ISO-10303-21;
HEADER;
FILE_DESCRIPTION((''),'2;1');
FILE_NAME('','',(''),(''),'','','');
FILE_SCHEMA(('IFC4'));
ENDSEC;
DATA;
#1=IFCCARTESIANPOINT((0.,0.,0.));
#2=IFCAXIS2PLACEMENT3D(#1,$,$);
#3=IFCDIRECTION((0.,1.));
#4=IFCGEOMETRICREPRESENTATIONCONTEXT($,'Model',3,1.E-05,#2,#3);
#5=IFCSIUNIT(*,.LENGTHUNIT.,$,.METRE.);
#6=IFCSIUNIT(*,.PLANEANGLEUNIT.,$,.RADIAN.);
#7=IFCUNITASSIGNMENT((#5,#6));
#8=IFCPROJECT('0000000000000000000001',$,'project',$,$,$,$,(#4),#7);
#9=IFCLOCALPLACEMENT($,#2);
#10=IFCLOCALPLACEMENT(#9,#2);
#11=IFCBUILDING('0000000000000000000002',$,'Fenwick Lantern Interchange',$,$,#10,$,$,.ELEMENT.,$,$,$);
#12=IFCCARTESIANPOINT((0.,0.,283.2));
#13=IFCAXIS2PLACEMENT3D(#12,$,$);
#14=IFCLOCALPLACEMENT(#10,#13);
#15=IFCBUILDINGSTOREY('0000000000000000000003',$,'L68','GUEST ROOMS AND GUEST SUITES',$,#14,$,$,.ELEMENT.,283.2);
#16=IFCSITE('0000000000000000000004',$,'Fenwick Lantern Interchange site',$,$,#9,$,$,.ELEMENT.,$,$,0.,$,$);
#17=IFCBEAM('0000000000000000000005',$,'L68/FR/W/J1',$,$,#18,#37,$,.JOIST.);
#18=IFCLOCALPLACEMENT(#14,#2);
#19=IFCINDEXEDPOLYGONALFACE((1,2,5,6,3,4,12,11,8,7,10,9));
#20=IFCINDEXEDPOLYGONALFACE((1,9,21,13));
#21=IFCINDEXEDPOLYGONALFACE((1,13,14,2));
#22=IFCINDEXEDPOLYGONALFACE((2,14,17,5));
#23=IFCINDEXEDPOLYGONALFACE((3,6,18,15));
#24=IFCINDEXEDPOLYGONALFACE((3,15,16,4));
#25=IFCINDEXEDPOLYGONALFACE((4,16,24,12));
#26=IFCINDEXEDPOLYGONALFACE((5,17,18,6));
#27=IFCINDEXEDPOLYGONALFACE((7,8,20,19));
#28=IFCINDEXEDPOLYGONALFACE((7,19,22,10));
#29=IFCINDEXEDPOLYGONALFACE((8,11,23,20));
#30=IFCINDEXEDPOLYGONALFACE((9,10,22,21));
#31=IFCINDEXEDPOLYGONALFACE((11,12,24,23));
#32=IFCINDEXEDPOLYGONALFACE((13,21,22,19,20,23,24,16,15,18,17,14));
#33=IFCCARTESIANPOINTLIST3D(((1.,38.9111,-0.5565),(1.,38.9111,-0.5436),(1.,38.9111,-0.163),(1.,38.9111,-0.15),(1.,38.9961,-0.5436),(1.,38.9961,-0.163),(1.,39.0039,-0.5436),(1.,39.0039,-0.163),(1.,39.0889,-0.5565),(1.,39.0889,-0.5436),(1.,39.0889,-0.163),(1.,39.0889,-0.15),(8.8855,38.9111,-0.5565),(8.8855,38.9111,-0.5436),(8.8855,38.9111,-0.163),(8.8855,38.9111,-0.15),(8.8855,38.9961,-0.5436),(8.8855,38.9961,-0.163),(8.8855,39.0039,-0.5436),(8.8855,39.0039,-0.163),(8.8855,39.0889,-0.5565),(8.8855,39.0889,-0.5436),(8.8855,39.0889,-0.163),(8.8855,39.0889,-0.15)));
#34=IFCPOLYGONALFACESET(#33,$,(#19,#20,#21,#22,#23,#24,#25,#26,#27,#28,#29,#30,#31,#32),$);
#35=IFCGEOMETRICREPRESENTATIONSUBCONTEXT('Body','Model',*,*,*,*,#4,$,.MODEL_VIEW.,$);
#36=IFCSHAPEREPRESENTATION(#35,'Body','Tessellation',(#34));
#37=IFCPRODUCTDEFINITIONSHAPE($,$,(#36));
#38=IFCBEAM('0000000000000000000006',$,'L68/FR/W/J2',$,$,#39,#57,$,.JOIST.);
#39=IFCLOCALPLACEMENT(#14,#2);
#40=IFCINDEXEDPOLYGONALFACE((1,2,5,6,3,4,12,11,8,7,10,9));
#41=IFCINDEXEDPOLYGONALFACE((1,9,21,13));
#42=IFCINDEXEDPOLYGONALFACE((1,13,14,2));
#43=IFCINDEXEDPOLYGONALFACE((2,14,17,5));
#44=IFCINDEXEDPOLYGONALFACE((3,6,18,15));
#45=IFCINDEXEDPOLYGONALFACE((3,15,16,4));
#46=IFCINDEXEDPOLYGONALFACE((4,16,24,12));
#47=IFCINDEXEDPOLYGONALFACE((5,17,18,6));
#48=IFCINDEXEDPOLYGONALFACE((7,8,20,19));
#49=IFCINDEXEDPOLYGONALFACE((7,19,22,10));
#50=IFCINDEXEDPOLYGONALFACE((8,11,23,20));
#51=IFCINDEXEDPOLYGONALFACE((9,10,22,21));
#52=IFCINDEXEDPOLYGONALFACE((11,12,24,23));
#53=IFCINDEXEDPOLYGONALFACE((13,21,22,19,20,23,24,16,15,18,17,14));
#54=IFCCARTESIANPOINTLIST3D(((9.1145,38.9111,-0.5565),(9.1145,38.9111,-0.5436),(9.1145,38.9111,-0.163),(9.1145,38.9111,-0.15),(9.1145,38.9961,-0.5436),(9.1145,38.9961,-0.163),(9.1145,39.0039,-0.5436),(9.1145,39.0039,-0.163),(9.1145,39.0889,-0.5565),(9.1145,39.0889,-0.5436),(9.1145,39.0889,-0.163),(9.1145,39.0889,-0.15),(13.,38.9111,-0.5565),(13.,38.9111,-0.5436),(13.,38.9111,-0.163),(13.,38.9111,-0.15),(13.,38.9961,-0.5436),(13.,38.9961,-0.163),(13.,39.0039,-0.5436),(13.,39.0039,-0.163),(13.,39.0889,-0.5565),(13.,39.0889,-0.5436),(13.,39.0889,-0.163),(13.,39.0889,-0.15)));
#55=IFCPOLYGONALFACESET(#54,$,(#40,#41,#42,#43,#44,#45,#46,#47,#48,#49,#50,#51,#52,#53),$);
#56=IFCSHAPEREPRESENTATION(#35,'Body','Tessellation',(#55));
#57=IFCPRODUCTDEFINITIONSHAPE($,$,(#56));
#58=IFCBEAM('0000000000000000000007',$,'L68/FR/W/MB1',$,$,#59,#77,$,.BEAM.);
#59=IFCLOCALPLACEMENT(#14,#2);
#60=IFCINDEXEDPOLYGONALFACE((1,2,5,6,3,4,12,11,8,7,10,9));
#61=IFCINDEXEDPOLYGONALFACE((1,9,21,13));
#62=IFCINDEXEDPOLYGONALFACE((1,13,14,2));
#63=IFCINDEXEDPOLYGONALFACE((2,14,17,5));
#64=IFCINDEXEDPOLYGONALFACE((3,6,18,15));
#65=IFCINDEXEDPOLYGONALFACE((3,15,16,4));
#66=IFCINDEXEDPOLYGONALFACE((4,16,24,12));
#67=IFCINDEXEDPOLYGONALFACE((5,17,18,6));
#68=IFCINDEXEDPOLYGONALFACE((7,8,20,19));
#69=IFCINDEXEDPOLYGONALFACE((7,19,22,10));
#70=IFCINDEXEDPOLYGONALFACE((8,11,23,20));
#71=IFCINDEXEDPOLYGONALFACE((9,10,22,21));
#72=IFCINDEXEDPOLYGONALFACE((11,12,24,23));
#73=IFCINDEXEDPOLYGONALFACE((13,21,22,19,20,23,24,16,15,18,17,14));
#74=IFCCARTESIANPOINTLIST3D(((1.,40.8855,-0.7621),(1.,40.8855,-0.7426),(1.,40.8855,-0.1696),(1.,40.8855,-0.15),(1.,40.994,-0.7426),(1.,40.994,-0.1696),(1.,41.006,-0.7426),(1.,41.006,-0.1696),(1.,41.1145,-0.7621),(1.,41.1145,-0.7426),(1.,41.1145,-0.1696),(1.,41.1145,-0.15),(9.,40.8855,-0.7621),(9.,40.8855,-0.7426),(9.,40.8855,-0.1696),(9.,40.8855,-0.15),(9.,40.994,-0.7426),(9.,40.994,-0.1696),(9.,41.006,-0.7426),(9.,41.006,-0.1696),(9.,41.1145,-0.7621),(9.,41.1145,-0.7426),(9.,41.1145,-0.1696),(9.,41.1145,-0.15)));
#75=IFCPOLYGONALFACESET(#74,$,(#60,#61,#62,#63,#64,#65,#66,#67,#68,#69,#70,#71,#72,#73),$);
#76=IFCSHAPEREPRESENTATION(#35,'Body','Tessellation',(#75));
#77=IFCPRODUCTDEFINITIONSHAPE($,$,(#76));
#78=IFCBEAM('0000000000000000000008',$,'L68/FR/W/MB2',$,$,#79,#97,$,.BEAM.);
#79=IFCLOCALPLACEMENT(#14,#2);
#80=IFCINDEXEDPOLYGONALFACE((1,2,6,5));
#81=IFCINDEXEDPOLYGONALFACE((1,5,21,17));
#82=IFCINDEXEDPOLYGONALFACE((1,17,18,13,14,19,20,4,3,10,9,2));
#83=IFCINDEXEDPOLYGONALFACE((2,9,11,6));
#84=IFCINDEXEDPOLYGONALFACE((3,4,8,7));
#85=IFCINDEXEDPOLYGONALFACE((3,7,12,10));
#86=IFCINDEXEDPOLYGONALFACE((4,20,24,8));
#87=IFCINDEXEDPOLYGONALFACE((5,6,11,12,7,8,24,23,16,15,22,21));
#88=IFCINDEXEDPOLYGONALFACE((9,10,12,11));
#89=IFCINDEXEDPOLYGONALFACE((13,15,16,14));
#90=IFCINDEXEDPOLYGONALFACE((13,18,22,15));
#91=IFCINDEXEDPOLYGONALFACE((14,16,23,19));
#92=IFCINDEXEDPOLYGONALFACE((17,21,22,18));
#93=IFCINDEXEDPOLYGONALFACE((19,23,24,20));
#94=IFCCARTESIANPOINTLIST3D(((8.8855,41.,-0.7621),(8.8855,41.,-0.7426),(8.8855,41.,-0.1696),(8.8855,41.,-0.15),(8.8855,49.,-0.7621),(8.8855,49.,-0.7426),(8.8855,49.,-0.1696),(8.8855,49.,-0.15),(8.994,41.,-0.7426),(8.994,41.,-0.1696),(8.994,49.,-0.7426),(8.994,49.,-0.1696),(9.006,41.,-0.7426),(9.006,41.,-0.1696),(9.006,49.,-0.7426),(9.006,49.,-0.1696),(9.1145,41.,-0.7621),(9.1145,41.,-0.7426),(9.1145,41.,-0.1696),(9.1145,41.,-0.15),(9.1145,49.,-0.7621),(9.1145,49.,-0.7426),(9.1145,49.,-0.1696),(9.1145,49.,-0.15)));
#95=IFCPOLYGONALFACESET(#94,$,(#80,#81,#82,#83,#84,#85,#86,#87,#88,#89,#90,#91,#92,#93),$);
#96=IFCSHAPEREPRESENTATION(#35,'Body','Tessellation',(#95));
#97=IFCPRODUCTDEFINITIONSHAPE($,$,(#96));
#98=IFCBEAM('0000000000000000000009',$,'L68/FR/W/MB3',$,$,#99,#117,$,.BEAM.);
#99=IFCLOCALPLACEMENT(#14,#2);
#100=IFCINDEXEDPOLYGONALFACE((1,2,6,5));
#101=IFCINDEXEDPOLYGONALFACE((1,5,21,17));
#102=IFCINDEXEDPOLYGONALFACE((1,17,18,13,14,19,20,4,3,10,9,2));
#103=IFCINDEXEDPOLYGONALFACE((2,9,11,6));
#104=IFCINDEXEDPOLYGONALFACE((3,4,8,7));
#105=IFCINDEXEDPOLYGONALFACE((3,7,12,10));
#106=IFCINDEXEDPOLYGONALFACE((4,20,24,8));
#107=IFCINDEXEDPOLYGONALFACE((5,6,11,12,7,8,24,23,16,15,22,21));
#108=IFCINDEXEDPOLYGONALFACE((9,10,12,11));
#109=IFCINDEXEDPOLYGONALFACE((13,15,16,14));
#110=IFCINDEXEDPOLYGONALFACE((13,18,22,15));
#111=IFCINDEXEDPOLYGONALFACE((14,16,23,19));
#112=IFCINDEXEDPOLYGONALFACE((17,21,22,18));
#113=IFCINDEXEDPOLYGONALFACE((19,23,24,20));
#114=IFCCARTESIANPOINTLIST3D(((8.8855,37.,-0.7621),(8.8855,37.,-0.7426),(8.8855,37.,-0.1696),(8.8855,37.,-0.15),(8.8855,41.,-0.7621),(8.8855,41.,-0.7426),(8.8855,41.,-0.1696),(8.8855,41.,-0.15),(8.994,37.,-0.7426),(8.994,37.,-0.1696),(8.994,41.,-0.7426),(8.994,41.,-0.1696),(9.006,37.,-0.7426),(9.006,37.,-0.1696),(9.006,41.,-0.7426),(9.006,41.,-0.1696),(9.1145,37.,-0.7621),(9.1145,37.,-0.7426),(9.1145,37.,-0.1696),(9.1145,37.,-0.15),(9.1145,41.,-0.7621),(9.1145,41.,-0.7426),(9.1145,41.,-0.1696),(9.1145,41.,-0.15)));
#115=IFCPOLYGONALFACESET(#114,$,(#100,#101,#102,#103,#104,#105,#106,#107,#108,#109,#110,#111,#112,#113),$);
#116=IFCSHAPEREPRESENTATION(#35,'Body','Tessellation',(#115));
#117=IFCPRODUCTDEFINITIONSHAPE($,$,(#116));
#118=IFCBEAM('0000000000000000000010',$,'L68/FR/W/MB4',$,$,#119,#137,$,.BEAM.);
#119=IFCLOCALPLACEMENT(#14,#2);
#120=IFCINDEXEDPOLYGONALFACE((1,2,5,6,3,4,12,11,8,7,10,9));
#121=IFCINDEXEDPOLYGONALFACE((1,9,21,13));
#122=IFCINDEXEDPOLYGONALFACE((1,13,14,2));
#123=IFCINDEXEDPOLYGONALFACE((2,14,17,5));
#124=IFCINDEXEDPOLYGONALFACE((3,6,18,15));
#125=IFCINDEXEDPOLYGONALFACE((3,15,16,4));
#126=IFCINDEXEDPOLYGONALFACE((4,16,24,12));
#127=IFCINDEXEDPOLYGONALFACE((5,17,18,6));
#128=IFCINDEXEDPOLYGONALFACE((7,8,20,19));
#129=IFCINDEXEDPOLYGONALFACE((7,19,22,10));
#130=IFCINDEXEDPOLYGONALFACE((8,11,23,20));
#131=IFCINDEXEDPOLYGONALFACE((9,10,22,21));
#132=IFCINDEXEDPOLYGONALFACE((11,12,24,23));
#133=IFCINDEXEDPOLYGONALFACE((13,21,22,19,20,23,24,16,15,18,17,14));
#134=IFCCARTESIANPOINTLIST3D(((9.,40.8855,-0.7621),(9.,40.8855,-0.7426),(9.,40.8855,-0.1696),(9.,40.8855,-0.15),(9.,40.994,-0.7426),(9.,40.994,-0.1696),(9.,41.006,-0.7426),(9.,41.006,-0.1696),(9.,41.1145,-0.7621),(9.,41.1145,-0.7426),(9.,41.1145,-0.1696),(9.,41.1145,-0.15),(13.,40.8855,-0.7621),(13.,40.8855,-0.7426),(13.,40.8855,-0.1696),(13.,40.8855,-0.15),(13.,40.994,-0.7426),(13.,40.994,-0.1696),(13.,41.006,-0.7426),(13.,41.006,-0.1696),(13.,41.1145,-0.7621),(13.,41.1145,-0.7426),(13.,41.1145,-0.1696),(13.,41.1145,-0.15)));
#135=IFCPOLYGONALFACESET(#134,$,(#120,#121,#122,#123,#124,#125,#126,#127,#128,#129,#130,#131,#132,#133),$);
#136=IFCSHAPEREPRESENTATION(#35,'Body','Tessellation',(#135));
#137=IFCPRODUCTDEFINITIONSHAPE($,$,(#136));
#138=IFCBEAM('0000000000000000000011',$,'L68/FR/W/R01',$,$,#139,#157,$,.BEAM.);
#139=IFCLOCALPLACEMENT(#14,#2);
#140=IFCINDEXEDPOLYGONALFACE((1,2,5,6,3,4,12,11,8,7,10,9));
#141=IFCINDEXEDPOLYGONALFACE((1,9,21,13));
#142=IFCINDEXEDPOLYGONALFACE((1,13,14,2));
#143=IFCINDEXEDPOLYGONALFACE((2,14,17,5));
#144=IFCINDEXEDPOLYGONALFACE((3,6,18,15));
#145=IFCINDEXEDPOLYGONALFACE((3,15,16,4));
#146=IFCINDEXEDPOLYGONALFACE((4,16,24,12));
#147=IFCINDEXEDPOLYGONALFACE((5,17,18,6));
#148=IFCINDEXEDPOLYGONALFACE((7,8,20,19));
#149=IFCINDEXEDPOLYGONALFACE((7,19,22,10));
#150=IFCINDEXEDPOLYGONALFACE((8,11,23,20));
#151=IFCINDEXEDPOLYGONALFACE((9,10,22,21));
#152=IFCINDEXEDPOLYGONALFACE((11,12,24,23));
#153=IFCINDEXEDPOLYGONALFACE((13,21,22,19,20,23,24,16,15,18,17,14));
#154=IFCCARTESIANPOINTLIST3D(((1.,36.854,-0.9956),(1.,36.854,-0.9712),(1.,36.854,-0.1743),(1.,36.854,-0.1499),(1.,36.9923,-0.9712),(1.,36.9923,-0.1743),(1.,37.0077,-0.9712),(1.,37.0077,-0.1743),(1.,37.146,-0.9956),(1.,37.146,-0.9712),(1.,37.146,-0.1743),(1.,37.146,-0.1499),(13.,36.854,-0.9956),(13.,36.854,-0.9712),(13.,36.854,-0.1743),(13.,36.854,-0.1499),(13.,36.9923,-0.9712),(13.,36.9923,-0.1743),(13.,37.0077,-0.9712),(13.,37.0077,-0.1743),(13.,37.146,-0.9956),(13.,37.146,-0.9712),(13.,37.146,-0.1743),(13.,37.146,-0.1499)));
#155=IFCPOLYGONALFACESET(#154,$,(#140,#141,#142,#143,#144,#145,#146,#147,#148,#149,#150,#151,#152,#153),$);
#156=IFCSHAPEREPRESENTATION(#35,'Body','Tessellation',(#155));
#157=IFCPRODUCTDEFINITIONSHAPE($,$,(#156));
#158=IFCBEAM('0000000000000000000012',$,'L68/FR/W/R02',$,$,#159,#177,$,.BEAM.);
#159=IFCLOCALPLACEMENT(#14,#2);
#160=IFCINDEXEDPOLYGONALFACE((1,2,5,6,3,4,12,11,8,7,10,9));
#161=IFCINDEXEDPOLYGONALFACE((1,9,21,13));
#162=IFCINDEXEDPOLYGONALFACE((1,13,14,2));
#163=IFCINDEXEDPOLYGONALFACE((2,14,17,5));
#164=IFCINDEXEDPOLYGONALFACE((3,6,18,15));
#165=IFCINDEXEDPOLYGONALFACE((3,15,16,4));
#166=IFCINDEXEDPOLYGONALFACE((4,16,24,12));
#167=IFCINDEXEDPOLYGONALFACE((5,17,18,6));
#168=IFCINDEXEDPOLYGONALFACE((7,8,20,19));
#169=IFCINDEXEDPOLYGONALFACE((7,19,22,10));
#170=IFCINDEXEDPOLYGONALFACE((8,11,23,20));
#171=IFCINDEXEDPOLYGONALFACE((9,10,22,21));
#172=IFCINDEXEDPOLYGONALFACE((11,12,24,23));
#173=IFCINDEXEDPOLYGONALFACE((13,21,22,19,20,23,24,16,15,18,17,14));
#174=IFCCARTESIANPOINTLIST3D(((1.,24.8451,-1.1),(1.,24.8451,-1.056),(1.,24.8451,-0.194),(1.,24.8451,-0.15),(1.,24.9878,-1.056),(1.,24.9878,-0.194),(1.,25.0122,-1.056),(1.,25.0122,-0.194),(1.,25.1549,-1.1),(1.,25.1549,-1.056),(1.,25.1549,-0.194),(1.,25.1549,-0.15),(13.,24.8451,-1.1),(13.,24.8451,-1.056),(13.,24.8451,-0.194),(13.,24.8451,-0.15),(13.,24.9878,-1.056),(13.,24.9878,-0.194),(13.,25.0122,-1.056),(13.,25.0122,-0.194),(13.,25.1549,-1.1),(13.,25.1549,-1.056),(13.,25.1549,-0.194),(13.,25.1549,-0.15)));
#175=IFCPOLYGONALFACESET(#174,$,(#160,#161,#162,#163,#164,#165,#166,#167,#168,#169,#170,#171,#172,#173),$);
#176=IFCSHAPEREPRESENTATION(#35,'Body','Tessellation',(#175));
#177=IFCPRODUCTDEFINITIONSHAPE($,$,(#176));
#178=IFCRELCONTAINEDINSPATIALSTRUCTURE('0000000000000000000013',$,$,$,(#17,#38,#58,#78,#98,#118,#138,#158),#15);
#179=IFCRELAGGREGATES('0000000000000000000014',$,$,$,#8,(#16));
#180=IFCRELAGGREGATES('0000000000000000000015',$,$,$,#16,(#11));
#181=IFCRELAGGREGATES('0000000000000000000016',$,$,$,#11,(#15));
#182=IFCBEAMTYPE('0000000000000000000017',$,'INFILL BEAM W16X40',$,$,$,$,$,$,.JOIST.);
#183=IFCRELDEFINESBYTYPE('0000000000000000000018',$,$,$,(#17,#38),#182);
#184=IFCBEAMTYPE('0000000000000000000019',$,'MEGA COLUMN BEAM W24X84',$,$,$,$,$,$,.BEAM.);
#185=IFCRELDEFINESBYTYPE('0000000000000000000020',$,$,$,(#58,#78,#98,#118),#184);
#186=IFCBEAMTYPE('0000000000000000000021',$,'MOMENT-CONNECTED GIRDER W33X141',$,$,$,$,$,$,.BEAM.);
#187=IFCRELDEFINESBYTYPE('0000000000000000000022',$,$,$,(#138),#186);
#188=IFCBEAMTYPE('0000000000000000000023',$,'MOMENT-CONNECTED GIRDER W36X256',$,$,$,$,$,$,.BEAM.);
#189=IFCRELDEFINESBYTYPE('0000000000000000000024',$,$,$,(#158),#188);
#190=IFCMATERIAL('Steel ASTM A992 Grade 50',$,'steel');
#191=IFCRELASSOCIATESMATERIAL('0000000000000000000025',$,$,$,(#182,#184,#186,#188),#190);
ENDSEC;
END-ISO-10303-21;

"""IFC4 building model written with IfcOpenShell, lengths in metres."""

from ifc_helpers import new_model, si_unit, direction, frame, origin, origin_2d, place, context, subcontext, project, spatial, i_section, extrude, material, material_profile, profile_set, type_object, element, save


model = new_model("IFC4")

# Units and contexts
model_context = context("Model", 3, precision=1e-05, world=origin(), true_north=direction((0.0, 1.0)))
body_context = subcontext(model_context, "Body", "Model", "MODEL_VIEW")
ifc_project = project(units=[si_unit("LENGTHUNIT", "METRE"), si_unit("PLANEANGLEUNIT", "RADIAN")], contexts=[model_context])

# Site, building, storey
site_placement = place(None, origin())
site = spatial("IfcSite", under=ifc_project, at=site_placement, Name="Fenwick Lantern Interchange site", CompositionType="ELEMENT", RefElevation=0.0)
building_placement = place(site_placement, origin())
building = spatial("IfcBuilding", under=site, at=building_placement, Name="Fenwick Lantern Interchange", CompositionType="ELEMENT")
storey_placement = place(building_placement, frame((0.0, 0.0, 283.2)))
storey = spatial("IfcBuildingStorey", under=building, at=storey_placement, Name="L68", Description="GUEST ROOMS AND GUEST SUITES", CompositionType="ELEMENT", Elevation=283.2)

# Shared definitions
ifc_material_1 = material(Name="Steel ASTM A992 Grade 50", Category="steel")

# Beams
ifc_material_profile_1 = material_profile(ifc_material_1, i_section(OverallWidth=0.1777, OverallDepth=0.4065, WebThickness=0.0078, FlangeThickness=0.0129, at=origin_2d()), Name="W16X40")
ifc_profile_set_1 = profile_set([ifc_material_profile_1], Name="Steel ASTM A992 Grade 50")
beam_type_1 = type_object("IfcBeamType", Name="INFILL BEAM W16X40", PredefinedType="JOIST", material=ifc_profile_set_1)
beam_1_placement = place(storey_placement, frame((1.0, 39.0, -0.3533), z_axis=(1.0, 0.0, 0.0), x_axis=(0.0, 1.0, 0.0)))
element("IfcBeam", 1, at=beam_1_placement, inside=storey, type_object=beam_type_1, Name="L68/FR/W/J1", PredefinedType="JOIST", context=body_context, shape_type="SweptSolid", body=[
    extrude(i_section(OverallWidth=0.1777, OverallDepth=0.4065, WebThickness=0.0078, FlangeThickness=0.0129, at=origin_2d()), origin(), (0.0, 0.0, 1.0), 7.8855),
])
beam_2_placement = place(storey_placement, frame((9.1145, 39.0, -0.3533), z_axis=(1.0, 0.0, 0.0), x_axis=(0.0, 1.0, 0.0)))
element("IfcBeam", 2, at=beam_2_placement, inside=storey, type_object=beam_type_1, Name="L68/FR/W/J2", PredefinedType="JOIST", context=body_context, shape_type="SweptSolid", body=[
    extrude(i_section(OverallWidth=0.1777, OverallDepth=0.4065, WebThickness=0.0078, FlangeThickness=0.0129, at=origin_2d()), origin(), (0.0, 0.0, 1.0), 3.8855),
])
ifc_material_profile_2 = material_profile(ifc_material_1, i_section(OverallWidth=0.229, OverallDepth=0.6121, WebThickness=0.012, FlangeThickness=0.0195, at=origin_2d()), Name="W24X84")
ifc_profile_set_2 = profile_set([ifc_material_profile_2], Name="Steel ASTM A992 Grade 50")
beam_type_2 = type_object("IfcBeamType", Name="MEGA COLUMN BEAM W24X84", PredefinedType="BEAM", material=ifc_profile_set_2)
for number, where, z_axis, x_axis, name in (
    (3, (9.0, 41.0, -0.4561), (-1.0, 0.0, 0.0), (0.0, -1.0, 0.0), "L68/FR/W/MB1"),
    (4, (9.0, 41.0, -0.4561), (0.0, 1.0, 0.0), (-1.0, 0.0, 0.0), "L68/FR/W/MB2"),
):
    element("IfcBeam", number, at=place(storey_placement, frame(where, z_axis=z_axis, x_axis=x_axis)), inside=storey, type_object=beam_type_2, Name=name, PredefinedType="BEAM", context=body_context, shape_type="SweptSolid", body=[
        extrude(i_section(OverallWidth=0.229, OverallDepth=0.6121, WebThickness=0.012, FlangeThickness=0.0195, at=origin_2d()), origin(), (0.0, 0.0, 1.0), 8.0),
    ])
for number, where, z_axis, x_axis, name in (
    (5, (9.0, 41.0, -0.4561), (0.0, -1.0, 0.0), (1.0, 0.0, 0.0), "L68/FR/W/MB3"),
    (6, (9.0, 41.0, -0.4561), (1.0, 0.0, 0.0), (0.0, 1.0, 0.0), "L68/FR/W/MB4"),
):
    element("IfcBeam", number, at=place(storey_placement, frame(where, z_axis=z_axis, x_axis=x_axis)), inside=storey, type_object=beam_type_2, Name=name, PredefinedType="BEAM", context=body_context, shape_type="SweptSolid", body=[
        extrude(i_section(OverallWidth=0.229, OverallDepth=0.6121, WebThickness=0.012, FlangeThickness=0.0195, at=origin_2d()), origin(), (0.0, 0.0, 1.0), 4.0),
    ])
ifc_material_profile_3 = material_profile(ifc_material_1, i_section(OverallWidth=0.292, OverallDepth=0.8457, WebThickness=0.0154, FlangeThickness=0.0244, at=origin_2d()), Name="W33X141")
ifc_profile_set_3 = profile_set([ifc_material_profile_3], Name="Steel ASTM A992 Grade 50")
beam_type_3 = type_object("IfcBeamType", Name="MOMENT-CONNECTED GIRDER W33X141", PredefinedType="BEAM", material=ifc_profile_set_3)
beam_3_placement = place(storey_placement, frame((1.0, 37.0, -0.5728), z_axis=(1.0, 0.0, 0.0), x_axis=(0.0, 1.0, 0.0)))
element("IfcBeam", 7, at=beam_3_placement, inside=storey, type_object=beam_type_3, Name="L68/FR/W/R01", PredefinedType="BEAM", context=body_context, shape_type="SweptSolid", body=[
    extrude(i_section(OverallWidth=0.292, OverallDepth=0.8457, WebThickness=0.0154, FlangeThickness=0.0244, at=origin_2d()), origin(), (0.0, 0.0, 1.0), 12.0),
])
ifc_material_profile_4 = material_profile(ifc_material_1, i_section(OverallWidth=0.3098, OverallDepth=0.95, WebThickness=0.0244, FlangeThickness=0.0439, at=origin_2d()), Name="W36X256")
ifc_profile_set_4 = profile_set([ifc_material_profile_4], Name="Steel ASTM A992 Grade 50")
beam_type_4 = type_object("IfcBeamType", Name="MOMENT-CONNECTED GIRDER W36X256", PredefinedType="BEAM", material=ifc_profile_set_4)
beam_4_placement = place(storey_placement, frame((1.0, 25.0, -0.625), z_axis=(1.0, 0.0, 0.0), x_axis=(0.0, 1.0, 0.0)))
element("IfcBeam", 8, at=beam_4_placement, inside=storey, type_object=beam_type_4, Name="L68/FR/W/R02", PredefinedType="BEAM", context=body_context, shape_type="SweptSolid", body=[
    extrude(i_section(OverallWidth=0.3098, OverallDepth=0.95, WebThickness=0.0244, FlangeThickness=0.0439, at=origin_2d()), origin(), (0.0, 0.0, 1.0), 12.0),
])

save(model, "model.ifc")
